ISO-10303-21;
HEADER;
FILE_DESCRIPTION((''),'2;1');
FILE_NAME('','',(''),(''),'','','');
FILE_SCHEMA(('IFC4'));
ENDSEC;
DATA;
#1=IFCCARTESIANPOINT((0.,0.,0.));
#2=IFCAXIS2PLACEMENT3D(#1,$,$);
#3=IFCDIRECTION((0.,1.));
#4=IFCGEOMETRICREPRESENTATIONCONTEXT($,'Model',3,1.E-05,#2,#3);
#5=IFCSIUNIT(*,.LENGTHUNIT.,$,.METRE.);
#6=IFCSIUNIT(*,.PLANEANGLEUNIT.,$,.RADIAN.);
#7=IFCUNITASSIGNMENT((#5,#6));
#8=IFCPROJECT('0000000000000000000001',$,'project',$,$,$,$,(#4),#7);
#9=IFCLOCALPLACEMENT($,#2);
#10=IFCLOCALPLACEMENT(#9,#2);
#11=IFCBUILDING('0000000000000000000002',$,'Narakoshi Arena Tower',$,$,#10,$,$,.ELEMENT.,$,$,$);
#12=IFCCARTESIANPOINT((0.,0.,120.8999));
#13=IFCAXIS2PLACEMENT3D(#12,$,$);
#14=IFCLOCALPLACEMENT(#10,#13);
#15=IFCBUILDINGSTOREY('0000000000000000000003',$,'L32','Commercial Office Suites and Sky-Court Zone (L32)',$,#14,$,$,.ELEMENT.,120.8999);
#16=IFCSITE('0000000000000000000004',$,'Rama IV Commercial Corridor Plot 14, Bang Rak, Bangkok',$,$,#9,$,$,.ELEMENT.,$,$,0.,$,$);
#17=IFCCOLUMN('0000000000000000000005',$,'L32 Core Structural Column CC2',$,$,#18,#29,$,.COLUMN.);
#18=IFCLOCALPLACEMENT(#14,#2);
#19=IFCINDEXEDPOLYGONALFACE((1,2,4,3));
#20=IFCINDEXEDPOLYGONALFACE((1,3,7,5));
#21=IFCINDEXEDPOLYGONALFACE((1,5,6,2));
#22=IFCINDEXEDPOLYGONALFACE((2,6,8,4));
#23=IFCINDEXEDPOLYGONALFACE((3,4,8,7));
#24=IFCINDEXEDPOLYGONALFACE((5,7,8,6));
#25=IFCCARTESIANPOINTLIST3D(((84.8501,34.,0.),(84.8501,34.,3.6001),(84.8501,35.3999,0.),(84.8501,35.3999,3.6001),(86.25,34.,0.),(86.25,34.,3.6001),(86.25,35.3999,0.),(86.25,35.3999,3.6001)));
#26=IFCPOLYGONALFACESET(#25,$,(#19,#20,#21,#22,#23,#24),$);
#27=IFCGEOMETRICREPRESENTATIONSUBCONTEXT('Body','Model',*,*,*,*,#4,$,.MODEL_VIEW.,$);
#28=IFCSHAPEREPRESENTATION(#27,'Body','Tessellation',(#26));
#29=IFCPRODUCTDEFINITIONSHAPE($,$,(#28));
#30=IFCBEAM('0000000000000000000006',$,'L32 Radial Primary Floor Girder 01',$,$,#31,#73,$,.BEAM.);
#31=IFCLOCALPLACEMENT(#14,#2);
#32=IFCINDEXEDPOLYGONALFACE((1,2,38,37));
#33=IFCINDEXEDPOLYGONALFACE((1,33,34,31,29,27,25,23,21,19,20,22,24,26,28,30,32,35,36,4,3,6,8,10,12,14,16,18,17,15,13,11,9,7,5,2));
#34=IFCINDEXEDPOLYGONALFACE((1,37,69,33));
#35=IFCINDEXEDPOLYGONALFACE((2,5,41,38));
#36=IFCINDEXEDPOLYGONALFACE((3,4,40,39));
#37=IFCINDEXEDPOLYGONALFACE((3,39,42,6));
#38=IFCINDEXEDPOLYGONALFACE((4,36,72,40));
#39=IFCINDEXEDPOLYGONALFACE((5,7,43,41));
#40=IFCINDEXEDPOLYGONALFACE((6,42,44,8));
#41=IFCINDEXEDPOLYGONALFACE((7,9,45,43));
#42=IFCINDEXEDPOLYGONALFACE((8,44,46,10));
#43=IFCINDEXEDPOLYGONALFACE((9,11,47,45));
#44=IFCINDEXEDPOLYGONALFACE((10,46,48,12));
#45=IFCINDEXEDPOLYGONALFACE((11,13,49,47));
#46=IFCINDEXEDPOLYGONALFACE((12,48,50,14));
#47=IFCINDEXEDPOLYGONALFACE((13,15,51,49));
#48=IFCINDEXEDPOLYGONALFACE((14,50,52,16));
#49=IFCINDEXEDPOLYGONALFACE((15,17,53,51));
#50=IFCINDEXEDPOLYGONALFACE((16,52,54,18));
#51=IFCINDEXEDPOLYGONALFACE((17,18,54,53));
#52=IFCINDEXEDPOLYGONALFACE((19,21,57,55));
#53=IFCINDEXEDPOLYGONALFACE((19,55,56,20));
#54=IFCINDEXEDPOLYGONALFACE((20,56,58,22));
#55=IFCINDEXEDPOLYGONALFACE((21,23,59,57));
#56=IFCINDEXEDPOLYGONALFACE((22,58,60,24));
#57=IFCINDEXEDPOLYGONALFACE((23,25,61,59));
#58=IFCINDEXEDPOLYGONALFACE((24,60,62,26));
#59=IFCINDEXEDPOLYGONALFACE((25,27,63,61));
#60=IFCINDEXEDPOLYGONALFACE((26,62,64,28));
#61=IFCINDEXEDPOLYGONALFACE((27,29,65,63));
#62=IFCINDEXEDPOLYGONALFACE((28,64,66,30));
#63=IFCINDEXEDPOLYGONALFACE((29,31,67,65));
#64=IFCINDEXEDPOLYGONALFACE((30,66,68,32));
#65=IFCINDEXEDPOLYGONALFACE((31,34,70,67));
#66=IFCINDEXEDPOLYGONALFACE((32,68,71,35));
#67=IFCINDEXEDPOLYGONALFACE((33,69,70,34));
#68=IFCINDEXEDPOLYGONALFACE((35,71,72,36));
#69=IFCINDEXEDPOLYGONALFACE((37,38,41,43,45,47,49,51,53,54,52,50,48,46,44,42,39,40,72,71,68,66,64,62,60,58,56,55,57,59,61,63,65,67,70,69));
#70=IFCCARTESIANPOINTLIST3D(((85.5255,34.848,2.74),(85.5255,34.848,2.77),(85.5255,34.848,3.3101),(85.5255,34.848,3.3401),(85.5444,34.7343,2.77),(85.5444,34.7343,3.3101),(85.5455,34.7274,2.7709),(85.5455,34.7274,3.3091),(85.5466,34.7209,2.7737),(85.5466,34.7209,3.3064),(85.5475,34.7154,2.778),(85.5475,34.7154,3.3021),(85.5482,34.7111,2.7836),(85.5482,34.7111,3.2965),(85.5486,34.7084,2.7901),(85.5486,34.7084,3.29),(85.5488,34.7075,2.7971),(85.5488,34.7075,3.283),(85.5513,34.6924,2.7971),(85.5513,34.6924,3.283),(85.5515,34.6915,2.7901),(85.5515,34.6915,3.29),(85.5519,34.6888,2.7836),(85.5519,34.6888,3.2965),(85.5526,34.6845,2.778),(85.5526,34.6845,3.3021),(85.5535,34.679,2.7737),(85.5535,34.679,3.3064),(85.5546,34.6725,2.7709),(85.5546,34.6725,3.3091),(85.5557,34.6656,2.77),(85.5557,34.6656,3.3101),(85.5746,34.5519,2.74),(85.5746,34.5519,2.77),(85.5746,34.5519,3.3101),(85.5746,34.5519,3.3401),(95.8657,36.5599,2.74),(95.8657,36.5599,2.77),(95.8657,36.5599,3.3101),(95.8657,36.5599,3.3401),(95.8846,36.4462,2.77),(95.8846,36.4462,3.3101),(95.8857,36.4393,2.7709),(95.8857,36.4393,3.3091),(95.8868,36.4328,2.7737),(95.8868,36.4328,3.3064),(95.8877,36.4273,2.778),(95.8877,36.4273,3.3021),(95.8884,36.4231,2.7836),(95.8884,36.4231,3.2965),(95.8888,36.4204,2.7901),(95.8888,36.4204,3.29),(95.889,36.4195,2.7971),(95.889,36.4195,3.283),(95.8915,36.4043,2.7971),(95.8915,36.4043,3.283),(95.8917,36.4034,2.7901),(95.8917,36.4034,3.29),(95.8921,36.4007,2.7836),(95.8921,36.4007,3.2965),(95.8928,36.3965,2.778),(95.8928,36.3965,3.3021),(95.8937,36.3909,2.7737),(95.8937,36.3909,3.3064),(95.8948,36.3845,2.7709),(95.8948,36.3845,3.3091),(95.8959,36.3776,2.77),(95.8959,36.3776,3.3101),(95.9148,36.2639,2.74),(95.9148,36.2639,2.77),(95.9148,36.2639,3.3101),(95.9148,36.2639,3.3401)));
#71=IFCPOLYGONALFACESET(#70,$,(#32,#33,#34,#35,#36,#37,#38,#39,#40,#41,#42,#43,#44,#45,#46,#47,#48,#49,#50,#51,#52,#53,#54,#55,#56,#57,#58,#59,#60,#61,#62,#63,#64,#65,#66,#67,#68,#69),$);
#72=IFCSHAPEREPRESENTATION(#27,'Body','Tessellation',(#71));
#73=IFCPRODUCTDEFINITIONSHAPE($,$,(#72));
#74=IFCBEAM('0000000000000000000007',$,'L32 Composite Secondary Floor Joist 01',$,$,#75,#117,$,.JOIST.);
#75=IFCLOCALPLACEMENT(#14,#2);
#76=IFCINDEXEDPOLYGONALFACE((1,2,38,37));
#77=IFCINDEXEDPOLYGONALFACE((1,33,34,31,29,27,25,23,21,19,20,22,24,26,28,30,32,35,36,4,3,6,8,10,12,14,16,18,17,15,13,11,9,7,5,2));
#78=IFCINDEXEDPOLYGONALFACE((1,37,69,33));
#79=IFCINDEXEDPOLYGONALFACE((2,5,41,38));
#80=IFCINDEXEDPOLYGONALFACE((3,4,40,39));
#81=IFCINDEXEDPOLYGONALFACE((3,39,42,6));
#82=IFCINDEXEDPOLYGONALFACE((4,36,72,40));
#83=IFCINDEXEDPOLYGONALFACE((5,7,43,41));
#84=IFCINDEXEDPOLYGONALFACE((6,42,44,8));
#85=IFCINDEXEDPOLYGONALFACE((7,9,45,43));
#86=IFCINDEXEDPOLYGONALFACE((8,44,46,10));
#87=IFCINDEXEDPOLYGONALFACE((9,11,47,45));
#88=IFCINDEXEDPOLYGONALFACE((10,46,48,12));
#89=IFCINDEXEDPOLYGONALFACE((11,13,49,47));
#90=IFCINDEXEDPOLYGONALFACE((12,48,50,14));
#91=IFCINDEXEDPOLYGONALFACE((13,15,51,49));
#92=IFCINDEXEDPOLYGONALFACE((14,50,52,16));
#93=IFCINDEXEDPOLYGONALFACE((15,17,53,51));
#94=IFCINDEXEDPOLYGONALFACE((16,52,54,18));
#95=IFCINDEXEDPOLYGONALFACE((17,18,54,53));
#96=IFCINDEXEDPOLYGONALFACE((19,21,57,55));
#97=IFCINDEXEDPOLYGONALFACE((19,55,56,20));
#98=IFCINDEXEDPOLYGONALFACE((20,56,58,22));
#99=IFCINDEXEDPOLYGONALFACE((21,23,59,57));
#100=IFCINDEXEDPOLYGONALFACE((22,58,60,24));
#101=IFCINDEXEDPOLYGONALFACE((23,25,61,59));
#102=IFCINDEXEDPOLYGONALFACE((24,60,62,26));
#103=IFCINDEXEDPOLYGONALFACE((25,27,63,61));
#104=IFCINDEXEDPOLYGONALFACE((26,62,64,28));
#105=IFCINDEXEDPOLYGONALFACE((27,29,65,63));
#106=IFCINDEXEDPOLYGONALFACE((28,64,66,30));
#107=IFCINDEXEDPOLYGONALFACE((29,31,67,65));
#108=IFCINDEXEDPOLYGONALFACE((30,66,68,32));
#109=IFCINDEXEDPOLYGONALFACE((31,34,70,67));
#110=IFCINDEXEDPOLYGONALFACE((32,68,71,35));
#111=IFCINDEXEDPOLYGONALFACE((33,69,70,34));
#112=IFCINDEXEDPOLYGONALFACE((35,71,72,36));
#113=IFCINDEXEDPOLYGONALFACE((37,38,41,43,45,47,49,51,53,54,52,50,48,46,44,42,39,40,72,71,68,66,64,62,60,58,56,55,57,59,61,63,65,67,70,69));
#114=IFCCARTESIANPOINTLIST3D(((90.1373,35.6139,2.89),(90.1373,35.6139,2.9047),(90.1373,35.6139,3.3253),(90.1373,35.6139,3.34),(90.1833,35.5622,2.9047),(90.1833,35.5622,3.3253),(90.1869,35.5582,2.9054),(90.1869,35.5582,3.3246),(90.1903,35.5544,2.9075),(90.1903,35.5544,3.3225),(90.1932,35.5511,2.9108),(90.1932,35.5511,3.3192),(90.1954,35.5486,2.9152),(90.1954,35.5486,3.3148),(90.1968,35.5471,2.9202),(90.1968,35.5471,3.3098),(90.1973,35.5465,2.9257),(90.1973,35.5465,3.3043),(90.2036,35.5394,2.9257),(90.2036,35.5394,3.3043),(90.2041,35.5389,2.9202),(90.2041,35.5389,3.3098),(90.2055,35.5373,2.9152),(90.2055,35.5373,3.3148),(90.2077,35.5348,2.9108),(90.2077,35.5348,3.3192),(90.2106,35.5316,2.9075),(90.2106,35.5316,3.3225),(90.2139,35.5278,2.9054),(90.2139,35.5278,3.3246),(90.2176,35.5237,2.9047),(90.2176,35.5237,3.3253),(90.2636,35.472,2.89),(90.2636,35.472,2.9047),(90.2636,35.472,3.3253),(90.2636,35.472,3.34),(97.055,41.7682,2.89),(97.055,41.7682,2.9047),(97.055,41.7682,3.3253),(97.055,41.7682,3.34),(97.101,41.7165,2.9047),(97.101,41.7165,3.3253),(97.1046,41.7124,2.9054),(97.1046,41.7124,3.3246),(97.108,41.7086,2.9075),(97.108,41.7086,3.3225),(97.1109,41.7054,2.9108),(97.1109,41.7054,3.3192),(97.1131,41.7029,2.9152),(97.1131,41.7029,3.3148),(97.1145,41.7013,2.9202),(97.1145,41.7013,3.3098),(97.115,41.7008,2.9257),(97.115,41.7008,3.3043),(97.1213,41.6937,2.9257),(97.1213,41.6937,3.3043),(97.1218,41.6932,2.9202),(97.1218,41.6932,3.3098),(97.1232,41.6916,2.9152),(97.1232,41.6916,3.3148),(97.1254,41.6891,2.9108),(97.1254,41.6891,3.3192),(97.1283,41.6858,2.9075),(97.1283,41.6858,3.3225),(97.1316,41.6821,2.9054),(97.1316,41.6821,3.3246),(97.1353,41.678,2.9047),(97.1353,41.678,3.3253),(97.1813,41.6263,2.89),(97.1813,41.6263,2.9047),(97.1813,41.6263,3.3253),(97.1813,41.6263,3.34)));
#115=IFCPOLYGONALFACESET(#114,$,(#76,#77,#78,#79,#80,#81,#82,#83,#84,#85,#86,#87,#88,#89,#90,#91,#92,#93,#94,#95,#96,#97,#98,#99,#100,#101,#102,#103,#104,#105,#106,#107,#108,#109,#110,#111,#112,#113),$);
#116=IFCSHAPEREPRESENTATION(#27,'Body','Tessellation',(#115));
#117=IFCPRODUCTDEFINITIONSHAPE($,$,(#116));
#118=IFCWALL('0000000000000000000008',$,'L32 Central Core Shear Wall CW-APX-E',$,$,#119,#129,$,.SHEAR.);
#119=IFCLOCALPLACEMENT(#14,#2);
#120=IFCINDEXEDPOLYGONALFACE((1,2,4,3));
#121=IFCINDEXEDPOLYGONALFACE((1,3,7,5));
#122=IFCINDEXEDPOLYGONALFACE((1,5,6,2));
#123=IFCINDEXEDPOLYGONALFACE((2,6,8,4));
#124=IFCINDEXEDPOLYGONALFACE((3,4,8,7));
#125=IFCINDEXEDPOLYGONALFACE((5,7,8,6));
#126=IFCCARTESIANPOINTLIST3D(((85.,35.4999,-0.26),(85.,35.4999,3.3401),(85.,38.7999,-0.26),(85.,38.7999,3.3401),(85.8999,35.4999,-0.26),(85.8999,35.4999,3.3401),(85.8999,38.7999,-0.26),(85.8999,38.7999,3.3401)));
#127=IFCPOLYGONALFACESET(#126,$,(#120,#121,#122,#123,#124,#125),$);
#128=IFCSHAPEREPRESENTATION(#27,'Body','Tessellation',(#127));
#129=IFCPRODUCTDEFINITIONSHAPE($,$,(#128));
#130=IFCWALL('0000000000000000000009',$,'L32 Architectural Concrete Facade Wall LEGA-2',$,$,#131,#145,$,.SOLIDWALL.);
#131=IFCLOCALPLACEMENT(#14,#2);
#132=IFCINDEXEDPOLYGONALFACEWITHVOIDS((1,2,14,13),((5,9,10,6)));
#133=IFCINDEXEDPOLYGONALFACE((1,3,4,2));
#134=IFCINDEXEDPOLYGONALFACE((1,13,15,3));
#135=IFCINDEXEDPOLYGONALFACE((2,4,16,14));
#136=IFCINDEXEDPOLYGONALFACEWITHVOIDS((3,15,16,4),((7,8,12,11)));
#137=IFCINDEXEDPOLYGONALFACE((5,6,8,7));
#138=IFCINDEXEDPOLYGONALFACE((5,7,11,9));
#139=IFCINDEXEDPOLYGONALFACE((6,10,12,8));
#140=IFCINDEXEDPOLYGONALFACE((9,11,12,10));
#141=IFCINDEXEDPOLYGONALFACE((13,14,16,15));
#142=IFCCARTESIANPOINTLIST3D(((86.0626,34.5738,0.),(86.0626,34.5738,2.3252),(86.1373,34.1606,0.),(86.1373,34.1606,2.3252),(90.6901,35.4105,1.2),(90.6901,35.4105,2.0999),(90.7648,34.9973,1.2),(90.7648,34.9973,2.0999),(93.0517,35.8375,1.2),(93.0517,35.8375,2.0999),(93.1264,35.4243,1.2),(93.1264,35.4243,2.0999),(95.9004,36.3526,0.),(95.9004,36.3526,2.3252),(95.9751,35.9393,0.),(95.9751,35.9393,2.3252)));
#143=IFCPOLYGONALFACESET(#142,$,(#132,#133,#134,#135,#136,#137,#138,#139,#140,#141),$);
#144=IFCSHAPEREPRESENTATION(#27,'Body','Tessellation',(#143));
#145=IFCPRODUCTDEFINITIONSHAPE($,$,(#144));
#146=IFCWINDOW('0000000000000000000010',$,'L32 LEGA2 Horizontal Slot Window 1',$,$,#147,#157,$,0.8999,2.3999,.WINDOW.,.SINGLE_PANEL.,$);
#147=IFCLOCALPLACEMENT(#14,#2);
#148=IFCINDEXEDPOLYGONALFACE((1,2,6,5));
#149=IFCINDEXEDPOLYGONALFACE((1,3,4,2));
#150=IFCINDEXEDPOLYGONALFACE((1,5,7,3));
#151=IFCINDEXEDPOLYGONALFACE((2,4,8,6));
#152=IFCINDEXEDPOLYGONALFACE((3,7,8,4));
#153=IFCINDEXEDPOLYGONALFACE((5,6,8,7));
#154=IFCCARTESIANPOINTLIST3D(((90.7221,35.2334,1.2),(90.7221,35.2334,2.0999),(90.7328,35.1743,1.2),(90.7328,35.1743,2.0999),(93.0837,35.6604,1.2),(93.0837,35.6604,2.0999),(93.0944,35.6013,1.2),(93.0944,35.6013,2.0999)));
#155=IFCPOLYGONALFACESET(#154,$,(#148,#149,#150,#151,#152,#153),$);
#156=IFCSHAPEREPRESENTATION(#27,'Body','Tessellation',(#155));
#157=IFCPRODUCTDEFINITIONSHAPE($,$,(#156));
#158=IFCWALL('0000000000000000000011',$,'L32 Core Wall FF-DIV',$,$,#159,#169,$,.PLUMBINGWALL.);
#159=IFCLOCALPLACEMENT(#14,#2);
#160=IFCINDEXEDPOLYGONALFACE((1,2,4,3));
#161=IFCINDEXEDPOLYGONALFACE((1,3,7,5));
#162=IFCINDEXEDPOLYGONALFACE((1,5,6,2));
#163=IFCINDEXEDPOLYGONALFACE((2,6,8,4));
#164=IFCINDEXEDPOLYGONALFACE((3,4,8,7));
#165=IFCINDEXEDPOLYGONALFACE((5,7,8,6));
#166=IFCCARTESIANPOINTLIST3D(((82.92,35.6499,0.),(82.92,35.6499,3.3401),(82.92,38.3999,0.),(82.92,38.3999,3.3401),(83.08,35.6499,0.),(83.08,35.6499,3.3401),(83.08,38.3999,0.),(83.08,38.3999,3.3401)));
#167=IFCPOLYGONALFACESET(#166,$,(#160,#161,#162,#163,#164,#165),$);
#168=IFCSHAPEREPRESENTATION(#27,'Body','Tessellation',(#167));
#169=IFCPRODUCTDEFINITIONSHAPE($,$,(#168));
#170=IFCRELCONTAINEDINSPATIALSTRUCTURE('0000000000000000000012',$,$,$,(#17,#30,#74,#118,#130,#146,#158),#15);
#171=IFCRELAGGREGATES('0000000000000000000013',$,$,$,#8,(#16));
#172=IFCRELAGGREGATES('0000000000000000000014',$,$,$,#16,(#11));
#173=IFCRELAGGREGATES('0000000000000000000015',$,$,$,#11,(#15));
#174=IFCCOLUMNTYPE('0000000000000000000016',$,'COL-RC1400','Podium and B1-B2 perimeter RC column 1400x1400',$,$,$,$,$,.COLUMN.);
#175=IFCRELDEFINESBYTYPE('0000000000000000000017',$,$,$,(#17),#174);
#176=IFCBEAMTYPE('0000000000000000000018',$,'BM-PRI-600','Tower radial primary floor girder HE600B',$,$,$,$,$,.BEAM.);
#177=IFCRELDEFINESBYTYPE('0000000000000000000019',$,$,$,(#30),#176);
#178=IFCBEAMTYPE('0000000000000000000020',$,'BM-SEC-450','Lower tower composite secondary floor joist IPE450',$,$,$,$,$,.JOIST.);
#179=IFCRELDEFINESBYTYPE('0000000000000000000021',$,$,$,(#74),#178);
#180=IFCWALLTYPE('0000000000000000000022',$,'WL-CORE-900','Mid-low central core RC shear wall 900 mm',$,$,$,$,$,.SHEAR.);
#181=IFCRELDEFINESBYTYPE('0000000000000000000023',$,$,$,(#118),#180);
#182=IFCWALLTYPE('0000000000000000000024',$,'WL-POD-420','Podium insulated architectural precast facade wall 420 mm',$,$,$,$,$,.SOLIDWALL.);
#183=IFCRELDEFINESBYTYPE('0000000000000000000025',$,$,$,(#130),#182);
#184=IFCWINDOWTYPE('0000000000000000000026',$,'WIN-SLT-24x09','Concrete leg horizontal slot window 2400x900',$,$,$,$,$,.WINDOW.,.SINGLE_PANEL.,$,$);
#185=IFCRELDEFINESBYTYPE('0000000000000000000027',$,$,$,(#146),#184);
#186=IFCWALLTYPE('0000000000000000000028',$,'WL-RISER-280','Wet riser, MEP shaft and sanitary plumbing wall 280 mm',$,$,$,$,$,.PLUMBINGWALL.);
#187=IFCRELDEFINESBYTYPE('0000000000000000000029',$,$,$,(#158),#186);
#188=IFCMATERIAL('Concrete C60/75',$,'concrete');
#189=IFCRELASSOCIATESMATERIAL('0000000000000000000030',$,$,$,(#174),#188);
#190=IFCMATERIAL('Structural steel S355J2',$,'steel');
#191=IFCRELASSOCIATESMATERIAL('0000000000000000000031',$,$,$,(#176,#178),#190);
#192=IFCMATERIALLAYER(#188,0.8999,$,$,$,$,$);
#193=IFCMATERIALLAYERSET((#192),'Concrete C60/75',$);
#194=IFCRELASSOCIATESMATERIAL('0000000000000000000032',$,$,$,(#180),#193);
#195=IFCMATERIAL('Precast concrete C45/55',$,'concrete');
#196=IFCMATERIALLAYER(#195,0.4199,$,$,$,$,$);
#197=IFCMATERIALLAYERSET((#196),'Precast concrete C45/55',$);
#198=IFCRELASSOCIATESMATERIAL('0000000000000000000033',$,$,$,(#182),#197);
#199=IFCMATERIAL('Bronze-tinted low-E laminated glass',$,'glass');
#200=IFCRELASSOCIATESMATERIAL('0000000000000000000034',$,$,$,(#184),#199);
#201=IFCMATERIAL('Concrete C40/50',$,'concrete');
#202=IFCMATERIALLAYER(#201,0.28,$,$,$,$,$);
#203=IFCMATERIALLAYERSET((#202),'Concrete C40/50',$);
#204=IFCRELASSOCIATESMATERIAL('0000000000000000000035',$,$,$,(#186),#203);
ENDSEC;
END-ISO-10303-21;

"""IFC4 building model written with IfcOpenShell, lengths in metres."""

from ifc_helpers import new_model, si_unit, direction, frame, frame_2d, origin, origin_2d, place, context, subcontext, project, spatial, rectangle, i_section, extrude, material, layer, layer_set, material_profile, profile_set, type_object, element, fill, save


model = new_model("IFC4")

# Units and contexts
model_context = context("Model", 3, precision=1e-05, world=origin(), true_north=direction((0.0, 1.0)))
body_context = subcontext(model_context, "Body", "Model", "MODEL_VIEW")
ifc_project = project(units=[si_unit("LENGTHUNIT", "METRE"), si_unit("PLANEANGLEUNIT", "RADIAN")], contexts=[model_context])

# Site, building, storey
site_placement = place(None, origin())
site = spatial("IfcSite", under=ifc_project, at=site_placement, Name="Rama IV Commercial Corridor Plot 14, Bang Rak, Bangkok", CompositionType="ELEMENT", RefElevation=0.0)
building_placement = place(site_placement, origin())
building = spatial("IfcBuilding", under=site, at=building_placement, Name="Narakoshi Arena Tower", CompositionType="ELEMENT")
storey_placement = place(building_placement, frame((0.0, 0.0, 120.8999)))
storey = spatial("IfcBuildingStorey", under=building, at=storey_placement, Name="L32", Description="Commercial Office Suites and Sky-Court Zone (L32)", CompositionType="ELEMENT", Elevation=120.8999)

# Column
ifc_material_1 = material(Name="Concrete C60/75", Category="concrete")
ifc_material_profile_1 = material_profile(ifc_material_1, rectangle(XDim=1.3999, YDim=1.3999, at=origin_2d()), Name="RC1400x1400")
ifc_profile_set_1 = profile_set([ifc_material_profile_1], Name="Concrete C60/75")
column_type = type_object("IfcColumnType", Name="COL-RC1400", Description="Podium and B1-B2 perimeter RC column 1400x1400", PredefinedType="COLUMN", material=ifc_profile_set_1)
column_placement = place(storey_placement, frame((85.55, 34.7, 0.0), z_axis=(0.0, 0.0, 1.0), x_axis=(1.0, 0.0, 0.0)))
element("IfcColumn", 1, at=column_placement, inside=storey, type_object=column_type, Name="L32 Core Structural Column CC2", PredefinedType="COLUMN", context=body_context, shape_type="SweptSolid", body=[
    extrude(rectangle(XDim=1.3999, YDim=1.3999, at=origin_2d()), origin(), (0.0, 0.0, 1.0), 3.6001),
])

# Beams
ifc_material_2 = material(Name="Structural steel S355J2", Category="steel")
ifc_material_profile_2 = material_profile(ifc_material_2, i_section(OverallWidth=0.3, OverallDepth=0.6001, WebThickness=0.0154, FlangeThickness=0.03, FilletRadius=0.0271, at=origin_2d()), Name="HE600B")
ifc_profile_set_2 = profile_set([ifc_material_profile_2], Name="Structural steel S355J2")
beam_type_1 = type_object("IfcBeamType", Name="BM-PRI-600", Description="Tower radial primary floor girder HE600B", PredefinedType="BEAM", material=ifc_profile_set_2)
beam_1_placement = place(storey_placement, frame((85.55, 34.7, 3.04), z_axis=(0.98657, 0.163337, 0.0), x_axis=(-0.163337, 0.98657, 0.0)))
element("IfcBeam", 2, at=beam_1_placement, inside=storey, type_object=beam_type_1, Name="L32 Radial Primary Floor Girder 01", PredefinedType="BEAM", context=body_context, shape_type="SweptSolid", body=[
    extrude(i_section(OverallWidth=0.3, OverallDepth=0.6001, WebThickness=0.0154, FlangeThickness=0.03, FilletRadius=0.0271, at=origin_2d()), origin(), (0.0, 0.0, 1.0), 10.481),
])
ifc_material_profile_3 = material_profile(ifc_material_2, i_section(OverallWidth=0.1899, OverallDepth=0.45, WebThickness=0.0095, FlangeThickness=0.0146, FilletRadius=0.021, at=origin_2d()), Name="IPE450")
ifc_profile_set_3 = profile_set([ifc_material_profile_3], Name="Structural steel S355J2")
beam_type_2 = type_object("IfcBeamType", Name="BM-SEC-450", Description="Lower tower composite secondary floor joist IPE450", PredefinedType="JOIST", material=ifc_profile_set_3)
beam_2_placement = place(storey_placement, frame((90.2004, 35.543, 3.115), z_axis=(0.74713, 0.664678, 0.0), x_axis=(-0.664678, 0.74713, 0.0)))
element("IfcBeam", 3, at=beam_2_placement, inside=storey, type_object=beam_type_2, Name="L32 Composite Secondary Floor Joist 01", PredefinedType="JOIST", context=body_context, shape_type="SweptSolid", body=[
    extrude(i_section(OverallWidth=0.1899, OverallDepth=0.45, WebThickness=0.0095, FlangeThickness=0.0146, FilletRadius=0.021, at=origin_2d()), origin(), (0.0, 0.0, 1.0), 9.259),
])

# Wall
ifc_layer_1 = layer(ifc_material_1, 0.8999)
ifc_layer_set_1 = layer_set([ifc_layer_1], Name="Concrete C60/75")
wall_type_1 = type_object("IfcWallType", Name="WL-CORE-900", Description="Mid-low central core RC shear wall 900 mm", PredefinedType="SHEAR", material=ifc_layer_set_1)
wall_1_placement = place(storey_placement, frame((85.45, 35.5, -0.26), z_axis=(0.0, 0.0, 1.0), x_axis=(0.0, 1.0, 0.0)))
element("IfcWall", 4, at=wall_1_placement, inside=storey, type_object=wall_type_1, Name="L32 Central Core Shear Wall CW-APX-E", PredefinedType="SHEAR", context=body_context, shape_type="SweptSolid", body=[
    extrude(rectangle(XDim=3.3, YDim=0.8999, at=frame_2d((1.6499, 0.0))), origin(), (0.0, 0.0, 1.0), 3.6001),
])

# Wall, opening, window
ifc_material_3 = material(Name="Precast concrete C45/55", Category="concrete")
ifc_layer_2 = layer(ifc_material_3, 0.4199)
ifc_layer_set_2 = layer_set([ifc_layer_2], Name="Precast concrete C45/55")
wall_type_2 = type_object("IfcWallType", Name="WL-POD-420", Description="Podium insulated architectural precast facade wall 420 mm", PredefinedType="SOLIDWALL", material=ifc_layer_set_2)
wall_2_placement = place(storey_placement, frame((86.1001, 34.3672, 0.0), z_axis=(0.0, 0.0, 1.0), x_axis=(0.984044, 0.177927, 0.0)))
wall_2 = element("IfcWall", 5, at=wall_2_placement, inside=storey, type_object=wall_type_2, Name="L32 Architectural Concrete Facade Wall LEGA-2", PredefinedType="SOLIDWALL", context=body_context, shape_type="SweptSolid", body=[
    extrude(rectangle(XDim=9.9973, YDim=0.4199, at=frame_2d((4.9985, 0.0))), origin(), (0.0, 0.0, 1.0), 2.3252),
])
opening_1_placement = place(wall_2_placement, frame((4.7024, 0.0, 1.2)))
opening_1 = element("IfcOpeningElement", 6, at=opening_1_placement, cuts=wall_2, PredefinedType="OPENING", context=body_context, shape_type="SweptSolid", body=[
    extrude(rectangle(XDim=2.3999, YDim=0.8999, at=frame_2d((1.2, 0.45))), frame((0.0, 0.22, 0.0), z_axis=(0.0, -1.0, 0.0), x_axis=(1.0, 0.0, 0.0)), (0.0, 0.0, 1.0), 0.4399),
])
ifc_material_4 = material(Name="Bronze-tinted low-E laminated glass", Category="glass")
window_type = type_object("IfcWindowType", Name="WIN-SLT-24x09", Description="Concrete leg horizontal slot window 2400x900", PartitioningType="SINGLE_PANEL", PredefinedType="WINDOW", material=ifc_material_4)
window_placement = place(opening_1_placement, origin())
window = element("IfcWindow", 7, at=window_placement, inside=storey, type_object=window_type, Name="L32 LEGA2 Horizontal Slot Window 1", OverallHeight=0.8999, OverallWidth=2.3999, PartitioningType="SINGLE_PANEL", PredefinedType="WINDOW", context=body_context, shape_type="SweptSolid", body=[
    extrude(rectangle(XDim=2.3999, YDim=0.8999, at=frame_2d((1.2, 0.45))), frame((0.0, 0.03, 0.0), z_axis=(0.0, -1.0, 0.0), x_axis=(1.0, 0.0, 0.0)), (0.0, 0.0, 1.0), 0.0601),
])
fill(opening_1, window)

# Wall
ifc_material_5 = material(Name="Concrete C40/50", Category="concrete")
ifc_layer_3 = layer(ifc_material_5, 0.28)
ifc_layer_set_3 = layer_set([ifc_layer_3], Name="Concrete C40/50")
wall_type_3 = type_object("IfcWallType", Name="WL-RISER-280", Description="Wet riser, MEP shaft and sanitary plumbing wall 280 mm", PredefinedType="PLUMBINGWALL", material=ifc_layer_set_3)
wall_3_placement = place(storey_placement, frame((83.0, 35.6499, 0.0), z_axis=(0.0, 0.0, 1.0), x_axis=(0.0, 1.0, 0.0)))
element("IfcWall", 8, at=wall_3_placement, inside=storey, type_object=wall_type_3, Name="L32 Core Wall FF-DIV", PredefinedType="PLUMBINGWALL", context=body_context, shape_type="SweptSolid", body=[
    extrude(rectangle(XDim=2.75, YDim=0.1599, at=frame_2d((1.375, 0.0))), origin(), (0.0, 0.0, 1.0), 3.3401),
])

save(model, "model.ifc")
